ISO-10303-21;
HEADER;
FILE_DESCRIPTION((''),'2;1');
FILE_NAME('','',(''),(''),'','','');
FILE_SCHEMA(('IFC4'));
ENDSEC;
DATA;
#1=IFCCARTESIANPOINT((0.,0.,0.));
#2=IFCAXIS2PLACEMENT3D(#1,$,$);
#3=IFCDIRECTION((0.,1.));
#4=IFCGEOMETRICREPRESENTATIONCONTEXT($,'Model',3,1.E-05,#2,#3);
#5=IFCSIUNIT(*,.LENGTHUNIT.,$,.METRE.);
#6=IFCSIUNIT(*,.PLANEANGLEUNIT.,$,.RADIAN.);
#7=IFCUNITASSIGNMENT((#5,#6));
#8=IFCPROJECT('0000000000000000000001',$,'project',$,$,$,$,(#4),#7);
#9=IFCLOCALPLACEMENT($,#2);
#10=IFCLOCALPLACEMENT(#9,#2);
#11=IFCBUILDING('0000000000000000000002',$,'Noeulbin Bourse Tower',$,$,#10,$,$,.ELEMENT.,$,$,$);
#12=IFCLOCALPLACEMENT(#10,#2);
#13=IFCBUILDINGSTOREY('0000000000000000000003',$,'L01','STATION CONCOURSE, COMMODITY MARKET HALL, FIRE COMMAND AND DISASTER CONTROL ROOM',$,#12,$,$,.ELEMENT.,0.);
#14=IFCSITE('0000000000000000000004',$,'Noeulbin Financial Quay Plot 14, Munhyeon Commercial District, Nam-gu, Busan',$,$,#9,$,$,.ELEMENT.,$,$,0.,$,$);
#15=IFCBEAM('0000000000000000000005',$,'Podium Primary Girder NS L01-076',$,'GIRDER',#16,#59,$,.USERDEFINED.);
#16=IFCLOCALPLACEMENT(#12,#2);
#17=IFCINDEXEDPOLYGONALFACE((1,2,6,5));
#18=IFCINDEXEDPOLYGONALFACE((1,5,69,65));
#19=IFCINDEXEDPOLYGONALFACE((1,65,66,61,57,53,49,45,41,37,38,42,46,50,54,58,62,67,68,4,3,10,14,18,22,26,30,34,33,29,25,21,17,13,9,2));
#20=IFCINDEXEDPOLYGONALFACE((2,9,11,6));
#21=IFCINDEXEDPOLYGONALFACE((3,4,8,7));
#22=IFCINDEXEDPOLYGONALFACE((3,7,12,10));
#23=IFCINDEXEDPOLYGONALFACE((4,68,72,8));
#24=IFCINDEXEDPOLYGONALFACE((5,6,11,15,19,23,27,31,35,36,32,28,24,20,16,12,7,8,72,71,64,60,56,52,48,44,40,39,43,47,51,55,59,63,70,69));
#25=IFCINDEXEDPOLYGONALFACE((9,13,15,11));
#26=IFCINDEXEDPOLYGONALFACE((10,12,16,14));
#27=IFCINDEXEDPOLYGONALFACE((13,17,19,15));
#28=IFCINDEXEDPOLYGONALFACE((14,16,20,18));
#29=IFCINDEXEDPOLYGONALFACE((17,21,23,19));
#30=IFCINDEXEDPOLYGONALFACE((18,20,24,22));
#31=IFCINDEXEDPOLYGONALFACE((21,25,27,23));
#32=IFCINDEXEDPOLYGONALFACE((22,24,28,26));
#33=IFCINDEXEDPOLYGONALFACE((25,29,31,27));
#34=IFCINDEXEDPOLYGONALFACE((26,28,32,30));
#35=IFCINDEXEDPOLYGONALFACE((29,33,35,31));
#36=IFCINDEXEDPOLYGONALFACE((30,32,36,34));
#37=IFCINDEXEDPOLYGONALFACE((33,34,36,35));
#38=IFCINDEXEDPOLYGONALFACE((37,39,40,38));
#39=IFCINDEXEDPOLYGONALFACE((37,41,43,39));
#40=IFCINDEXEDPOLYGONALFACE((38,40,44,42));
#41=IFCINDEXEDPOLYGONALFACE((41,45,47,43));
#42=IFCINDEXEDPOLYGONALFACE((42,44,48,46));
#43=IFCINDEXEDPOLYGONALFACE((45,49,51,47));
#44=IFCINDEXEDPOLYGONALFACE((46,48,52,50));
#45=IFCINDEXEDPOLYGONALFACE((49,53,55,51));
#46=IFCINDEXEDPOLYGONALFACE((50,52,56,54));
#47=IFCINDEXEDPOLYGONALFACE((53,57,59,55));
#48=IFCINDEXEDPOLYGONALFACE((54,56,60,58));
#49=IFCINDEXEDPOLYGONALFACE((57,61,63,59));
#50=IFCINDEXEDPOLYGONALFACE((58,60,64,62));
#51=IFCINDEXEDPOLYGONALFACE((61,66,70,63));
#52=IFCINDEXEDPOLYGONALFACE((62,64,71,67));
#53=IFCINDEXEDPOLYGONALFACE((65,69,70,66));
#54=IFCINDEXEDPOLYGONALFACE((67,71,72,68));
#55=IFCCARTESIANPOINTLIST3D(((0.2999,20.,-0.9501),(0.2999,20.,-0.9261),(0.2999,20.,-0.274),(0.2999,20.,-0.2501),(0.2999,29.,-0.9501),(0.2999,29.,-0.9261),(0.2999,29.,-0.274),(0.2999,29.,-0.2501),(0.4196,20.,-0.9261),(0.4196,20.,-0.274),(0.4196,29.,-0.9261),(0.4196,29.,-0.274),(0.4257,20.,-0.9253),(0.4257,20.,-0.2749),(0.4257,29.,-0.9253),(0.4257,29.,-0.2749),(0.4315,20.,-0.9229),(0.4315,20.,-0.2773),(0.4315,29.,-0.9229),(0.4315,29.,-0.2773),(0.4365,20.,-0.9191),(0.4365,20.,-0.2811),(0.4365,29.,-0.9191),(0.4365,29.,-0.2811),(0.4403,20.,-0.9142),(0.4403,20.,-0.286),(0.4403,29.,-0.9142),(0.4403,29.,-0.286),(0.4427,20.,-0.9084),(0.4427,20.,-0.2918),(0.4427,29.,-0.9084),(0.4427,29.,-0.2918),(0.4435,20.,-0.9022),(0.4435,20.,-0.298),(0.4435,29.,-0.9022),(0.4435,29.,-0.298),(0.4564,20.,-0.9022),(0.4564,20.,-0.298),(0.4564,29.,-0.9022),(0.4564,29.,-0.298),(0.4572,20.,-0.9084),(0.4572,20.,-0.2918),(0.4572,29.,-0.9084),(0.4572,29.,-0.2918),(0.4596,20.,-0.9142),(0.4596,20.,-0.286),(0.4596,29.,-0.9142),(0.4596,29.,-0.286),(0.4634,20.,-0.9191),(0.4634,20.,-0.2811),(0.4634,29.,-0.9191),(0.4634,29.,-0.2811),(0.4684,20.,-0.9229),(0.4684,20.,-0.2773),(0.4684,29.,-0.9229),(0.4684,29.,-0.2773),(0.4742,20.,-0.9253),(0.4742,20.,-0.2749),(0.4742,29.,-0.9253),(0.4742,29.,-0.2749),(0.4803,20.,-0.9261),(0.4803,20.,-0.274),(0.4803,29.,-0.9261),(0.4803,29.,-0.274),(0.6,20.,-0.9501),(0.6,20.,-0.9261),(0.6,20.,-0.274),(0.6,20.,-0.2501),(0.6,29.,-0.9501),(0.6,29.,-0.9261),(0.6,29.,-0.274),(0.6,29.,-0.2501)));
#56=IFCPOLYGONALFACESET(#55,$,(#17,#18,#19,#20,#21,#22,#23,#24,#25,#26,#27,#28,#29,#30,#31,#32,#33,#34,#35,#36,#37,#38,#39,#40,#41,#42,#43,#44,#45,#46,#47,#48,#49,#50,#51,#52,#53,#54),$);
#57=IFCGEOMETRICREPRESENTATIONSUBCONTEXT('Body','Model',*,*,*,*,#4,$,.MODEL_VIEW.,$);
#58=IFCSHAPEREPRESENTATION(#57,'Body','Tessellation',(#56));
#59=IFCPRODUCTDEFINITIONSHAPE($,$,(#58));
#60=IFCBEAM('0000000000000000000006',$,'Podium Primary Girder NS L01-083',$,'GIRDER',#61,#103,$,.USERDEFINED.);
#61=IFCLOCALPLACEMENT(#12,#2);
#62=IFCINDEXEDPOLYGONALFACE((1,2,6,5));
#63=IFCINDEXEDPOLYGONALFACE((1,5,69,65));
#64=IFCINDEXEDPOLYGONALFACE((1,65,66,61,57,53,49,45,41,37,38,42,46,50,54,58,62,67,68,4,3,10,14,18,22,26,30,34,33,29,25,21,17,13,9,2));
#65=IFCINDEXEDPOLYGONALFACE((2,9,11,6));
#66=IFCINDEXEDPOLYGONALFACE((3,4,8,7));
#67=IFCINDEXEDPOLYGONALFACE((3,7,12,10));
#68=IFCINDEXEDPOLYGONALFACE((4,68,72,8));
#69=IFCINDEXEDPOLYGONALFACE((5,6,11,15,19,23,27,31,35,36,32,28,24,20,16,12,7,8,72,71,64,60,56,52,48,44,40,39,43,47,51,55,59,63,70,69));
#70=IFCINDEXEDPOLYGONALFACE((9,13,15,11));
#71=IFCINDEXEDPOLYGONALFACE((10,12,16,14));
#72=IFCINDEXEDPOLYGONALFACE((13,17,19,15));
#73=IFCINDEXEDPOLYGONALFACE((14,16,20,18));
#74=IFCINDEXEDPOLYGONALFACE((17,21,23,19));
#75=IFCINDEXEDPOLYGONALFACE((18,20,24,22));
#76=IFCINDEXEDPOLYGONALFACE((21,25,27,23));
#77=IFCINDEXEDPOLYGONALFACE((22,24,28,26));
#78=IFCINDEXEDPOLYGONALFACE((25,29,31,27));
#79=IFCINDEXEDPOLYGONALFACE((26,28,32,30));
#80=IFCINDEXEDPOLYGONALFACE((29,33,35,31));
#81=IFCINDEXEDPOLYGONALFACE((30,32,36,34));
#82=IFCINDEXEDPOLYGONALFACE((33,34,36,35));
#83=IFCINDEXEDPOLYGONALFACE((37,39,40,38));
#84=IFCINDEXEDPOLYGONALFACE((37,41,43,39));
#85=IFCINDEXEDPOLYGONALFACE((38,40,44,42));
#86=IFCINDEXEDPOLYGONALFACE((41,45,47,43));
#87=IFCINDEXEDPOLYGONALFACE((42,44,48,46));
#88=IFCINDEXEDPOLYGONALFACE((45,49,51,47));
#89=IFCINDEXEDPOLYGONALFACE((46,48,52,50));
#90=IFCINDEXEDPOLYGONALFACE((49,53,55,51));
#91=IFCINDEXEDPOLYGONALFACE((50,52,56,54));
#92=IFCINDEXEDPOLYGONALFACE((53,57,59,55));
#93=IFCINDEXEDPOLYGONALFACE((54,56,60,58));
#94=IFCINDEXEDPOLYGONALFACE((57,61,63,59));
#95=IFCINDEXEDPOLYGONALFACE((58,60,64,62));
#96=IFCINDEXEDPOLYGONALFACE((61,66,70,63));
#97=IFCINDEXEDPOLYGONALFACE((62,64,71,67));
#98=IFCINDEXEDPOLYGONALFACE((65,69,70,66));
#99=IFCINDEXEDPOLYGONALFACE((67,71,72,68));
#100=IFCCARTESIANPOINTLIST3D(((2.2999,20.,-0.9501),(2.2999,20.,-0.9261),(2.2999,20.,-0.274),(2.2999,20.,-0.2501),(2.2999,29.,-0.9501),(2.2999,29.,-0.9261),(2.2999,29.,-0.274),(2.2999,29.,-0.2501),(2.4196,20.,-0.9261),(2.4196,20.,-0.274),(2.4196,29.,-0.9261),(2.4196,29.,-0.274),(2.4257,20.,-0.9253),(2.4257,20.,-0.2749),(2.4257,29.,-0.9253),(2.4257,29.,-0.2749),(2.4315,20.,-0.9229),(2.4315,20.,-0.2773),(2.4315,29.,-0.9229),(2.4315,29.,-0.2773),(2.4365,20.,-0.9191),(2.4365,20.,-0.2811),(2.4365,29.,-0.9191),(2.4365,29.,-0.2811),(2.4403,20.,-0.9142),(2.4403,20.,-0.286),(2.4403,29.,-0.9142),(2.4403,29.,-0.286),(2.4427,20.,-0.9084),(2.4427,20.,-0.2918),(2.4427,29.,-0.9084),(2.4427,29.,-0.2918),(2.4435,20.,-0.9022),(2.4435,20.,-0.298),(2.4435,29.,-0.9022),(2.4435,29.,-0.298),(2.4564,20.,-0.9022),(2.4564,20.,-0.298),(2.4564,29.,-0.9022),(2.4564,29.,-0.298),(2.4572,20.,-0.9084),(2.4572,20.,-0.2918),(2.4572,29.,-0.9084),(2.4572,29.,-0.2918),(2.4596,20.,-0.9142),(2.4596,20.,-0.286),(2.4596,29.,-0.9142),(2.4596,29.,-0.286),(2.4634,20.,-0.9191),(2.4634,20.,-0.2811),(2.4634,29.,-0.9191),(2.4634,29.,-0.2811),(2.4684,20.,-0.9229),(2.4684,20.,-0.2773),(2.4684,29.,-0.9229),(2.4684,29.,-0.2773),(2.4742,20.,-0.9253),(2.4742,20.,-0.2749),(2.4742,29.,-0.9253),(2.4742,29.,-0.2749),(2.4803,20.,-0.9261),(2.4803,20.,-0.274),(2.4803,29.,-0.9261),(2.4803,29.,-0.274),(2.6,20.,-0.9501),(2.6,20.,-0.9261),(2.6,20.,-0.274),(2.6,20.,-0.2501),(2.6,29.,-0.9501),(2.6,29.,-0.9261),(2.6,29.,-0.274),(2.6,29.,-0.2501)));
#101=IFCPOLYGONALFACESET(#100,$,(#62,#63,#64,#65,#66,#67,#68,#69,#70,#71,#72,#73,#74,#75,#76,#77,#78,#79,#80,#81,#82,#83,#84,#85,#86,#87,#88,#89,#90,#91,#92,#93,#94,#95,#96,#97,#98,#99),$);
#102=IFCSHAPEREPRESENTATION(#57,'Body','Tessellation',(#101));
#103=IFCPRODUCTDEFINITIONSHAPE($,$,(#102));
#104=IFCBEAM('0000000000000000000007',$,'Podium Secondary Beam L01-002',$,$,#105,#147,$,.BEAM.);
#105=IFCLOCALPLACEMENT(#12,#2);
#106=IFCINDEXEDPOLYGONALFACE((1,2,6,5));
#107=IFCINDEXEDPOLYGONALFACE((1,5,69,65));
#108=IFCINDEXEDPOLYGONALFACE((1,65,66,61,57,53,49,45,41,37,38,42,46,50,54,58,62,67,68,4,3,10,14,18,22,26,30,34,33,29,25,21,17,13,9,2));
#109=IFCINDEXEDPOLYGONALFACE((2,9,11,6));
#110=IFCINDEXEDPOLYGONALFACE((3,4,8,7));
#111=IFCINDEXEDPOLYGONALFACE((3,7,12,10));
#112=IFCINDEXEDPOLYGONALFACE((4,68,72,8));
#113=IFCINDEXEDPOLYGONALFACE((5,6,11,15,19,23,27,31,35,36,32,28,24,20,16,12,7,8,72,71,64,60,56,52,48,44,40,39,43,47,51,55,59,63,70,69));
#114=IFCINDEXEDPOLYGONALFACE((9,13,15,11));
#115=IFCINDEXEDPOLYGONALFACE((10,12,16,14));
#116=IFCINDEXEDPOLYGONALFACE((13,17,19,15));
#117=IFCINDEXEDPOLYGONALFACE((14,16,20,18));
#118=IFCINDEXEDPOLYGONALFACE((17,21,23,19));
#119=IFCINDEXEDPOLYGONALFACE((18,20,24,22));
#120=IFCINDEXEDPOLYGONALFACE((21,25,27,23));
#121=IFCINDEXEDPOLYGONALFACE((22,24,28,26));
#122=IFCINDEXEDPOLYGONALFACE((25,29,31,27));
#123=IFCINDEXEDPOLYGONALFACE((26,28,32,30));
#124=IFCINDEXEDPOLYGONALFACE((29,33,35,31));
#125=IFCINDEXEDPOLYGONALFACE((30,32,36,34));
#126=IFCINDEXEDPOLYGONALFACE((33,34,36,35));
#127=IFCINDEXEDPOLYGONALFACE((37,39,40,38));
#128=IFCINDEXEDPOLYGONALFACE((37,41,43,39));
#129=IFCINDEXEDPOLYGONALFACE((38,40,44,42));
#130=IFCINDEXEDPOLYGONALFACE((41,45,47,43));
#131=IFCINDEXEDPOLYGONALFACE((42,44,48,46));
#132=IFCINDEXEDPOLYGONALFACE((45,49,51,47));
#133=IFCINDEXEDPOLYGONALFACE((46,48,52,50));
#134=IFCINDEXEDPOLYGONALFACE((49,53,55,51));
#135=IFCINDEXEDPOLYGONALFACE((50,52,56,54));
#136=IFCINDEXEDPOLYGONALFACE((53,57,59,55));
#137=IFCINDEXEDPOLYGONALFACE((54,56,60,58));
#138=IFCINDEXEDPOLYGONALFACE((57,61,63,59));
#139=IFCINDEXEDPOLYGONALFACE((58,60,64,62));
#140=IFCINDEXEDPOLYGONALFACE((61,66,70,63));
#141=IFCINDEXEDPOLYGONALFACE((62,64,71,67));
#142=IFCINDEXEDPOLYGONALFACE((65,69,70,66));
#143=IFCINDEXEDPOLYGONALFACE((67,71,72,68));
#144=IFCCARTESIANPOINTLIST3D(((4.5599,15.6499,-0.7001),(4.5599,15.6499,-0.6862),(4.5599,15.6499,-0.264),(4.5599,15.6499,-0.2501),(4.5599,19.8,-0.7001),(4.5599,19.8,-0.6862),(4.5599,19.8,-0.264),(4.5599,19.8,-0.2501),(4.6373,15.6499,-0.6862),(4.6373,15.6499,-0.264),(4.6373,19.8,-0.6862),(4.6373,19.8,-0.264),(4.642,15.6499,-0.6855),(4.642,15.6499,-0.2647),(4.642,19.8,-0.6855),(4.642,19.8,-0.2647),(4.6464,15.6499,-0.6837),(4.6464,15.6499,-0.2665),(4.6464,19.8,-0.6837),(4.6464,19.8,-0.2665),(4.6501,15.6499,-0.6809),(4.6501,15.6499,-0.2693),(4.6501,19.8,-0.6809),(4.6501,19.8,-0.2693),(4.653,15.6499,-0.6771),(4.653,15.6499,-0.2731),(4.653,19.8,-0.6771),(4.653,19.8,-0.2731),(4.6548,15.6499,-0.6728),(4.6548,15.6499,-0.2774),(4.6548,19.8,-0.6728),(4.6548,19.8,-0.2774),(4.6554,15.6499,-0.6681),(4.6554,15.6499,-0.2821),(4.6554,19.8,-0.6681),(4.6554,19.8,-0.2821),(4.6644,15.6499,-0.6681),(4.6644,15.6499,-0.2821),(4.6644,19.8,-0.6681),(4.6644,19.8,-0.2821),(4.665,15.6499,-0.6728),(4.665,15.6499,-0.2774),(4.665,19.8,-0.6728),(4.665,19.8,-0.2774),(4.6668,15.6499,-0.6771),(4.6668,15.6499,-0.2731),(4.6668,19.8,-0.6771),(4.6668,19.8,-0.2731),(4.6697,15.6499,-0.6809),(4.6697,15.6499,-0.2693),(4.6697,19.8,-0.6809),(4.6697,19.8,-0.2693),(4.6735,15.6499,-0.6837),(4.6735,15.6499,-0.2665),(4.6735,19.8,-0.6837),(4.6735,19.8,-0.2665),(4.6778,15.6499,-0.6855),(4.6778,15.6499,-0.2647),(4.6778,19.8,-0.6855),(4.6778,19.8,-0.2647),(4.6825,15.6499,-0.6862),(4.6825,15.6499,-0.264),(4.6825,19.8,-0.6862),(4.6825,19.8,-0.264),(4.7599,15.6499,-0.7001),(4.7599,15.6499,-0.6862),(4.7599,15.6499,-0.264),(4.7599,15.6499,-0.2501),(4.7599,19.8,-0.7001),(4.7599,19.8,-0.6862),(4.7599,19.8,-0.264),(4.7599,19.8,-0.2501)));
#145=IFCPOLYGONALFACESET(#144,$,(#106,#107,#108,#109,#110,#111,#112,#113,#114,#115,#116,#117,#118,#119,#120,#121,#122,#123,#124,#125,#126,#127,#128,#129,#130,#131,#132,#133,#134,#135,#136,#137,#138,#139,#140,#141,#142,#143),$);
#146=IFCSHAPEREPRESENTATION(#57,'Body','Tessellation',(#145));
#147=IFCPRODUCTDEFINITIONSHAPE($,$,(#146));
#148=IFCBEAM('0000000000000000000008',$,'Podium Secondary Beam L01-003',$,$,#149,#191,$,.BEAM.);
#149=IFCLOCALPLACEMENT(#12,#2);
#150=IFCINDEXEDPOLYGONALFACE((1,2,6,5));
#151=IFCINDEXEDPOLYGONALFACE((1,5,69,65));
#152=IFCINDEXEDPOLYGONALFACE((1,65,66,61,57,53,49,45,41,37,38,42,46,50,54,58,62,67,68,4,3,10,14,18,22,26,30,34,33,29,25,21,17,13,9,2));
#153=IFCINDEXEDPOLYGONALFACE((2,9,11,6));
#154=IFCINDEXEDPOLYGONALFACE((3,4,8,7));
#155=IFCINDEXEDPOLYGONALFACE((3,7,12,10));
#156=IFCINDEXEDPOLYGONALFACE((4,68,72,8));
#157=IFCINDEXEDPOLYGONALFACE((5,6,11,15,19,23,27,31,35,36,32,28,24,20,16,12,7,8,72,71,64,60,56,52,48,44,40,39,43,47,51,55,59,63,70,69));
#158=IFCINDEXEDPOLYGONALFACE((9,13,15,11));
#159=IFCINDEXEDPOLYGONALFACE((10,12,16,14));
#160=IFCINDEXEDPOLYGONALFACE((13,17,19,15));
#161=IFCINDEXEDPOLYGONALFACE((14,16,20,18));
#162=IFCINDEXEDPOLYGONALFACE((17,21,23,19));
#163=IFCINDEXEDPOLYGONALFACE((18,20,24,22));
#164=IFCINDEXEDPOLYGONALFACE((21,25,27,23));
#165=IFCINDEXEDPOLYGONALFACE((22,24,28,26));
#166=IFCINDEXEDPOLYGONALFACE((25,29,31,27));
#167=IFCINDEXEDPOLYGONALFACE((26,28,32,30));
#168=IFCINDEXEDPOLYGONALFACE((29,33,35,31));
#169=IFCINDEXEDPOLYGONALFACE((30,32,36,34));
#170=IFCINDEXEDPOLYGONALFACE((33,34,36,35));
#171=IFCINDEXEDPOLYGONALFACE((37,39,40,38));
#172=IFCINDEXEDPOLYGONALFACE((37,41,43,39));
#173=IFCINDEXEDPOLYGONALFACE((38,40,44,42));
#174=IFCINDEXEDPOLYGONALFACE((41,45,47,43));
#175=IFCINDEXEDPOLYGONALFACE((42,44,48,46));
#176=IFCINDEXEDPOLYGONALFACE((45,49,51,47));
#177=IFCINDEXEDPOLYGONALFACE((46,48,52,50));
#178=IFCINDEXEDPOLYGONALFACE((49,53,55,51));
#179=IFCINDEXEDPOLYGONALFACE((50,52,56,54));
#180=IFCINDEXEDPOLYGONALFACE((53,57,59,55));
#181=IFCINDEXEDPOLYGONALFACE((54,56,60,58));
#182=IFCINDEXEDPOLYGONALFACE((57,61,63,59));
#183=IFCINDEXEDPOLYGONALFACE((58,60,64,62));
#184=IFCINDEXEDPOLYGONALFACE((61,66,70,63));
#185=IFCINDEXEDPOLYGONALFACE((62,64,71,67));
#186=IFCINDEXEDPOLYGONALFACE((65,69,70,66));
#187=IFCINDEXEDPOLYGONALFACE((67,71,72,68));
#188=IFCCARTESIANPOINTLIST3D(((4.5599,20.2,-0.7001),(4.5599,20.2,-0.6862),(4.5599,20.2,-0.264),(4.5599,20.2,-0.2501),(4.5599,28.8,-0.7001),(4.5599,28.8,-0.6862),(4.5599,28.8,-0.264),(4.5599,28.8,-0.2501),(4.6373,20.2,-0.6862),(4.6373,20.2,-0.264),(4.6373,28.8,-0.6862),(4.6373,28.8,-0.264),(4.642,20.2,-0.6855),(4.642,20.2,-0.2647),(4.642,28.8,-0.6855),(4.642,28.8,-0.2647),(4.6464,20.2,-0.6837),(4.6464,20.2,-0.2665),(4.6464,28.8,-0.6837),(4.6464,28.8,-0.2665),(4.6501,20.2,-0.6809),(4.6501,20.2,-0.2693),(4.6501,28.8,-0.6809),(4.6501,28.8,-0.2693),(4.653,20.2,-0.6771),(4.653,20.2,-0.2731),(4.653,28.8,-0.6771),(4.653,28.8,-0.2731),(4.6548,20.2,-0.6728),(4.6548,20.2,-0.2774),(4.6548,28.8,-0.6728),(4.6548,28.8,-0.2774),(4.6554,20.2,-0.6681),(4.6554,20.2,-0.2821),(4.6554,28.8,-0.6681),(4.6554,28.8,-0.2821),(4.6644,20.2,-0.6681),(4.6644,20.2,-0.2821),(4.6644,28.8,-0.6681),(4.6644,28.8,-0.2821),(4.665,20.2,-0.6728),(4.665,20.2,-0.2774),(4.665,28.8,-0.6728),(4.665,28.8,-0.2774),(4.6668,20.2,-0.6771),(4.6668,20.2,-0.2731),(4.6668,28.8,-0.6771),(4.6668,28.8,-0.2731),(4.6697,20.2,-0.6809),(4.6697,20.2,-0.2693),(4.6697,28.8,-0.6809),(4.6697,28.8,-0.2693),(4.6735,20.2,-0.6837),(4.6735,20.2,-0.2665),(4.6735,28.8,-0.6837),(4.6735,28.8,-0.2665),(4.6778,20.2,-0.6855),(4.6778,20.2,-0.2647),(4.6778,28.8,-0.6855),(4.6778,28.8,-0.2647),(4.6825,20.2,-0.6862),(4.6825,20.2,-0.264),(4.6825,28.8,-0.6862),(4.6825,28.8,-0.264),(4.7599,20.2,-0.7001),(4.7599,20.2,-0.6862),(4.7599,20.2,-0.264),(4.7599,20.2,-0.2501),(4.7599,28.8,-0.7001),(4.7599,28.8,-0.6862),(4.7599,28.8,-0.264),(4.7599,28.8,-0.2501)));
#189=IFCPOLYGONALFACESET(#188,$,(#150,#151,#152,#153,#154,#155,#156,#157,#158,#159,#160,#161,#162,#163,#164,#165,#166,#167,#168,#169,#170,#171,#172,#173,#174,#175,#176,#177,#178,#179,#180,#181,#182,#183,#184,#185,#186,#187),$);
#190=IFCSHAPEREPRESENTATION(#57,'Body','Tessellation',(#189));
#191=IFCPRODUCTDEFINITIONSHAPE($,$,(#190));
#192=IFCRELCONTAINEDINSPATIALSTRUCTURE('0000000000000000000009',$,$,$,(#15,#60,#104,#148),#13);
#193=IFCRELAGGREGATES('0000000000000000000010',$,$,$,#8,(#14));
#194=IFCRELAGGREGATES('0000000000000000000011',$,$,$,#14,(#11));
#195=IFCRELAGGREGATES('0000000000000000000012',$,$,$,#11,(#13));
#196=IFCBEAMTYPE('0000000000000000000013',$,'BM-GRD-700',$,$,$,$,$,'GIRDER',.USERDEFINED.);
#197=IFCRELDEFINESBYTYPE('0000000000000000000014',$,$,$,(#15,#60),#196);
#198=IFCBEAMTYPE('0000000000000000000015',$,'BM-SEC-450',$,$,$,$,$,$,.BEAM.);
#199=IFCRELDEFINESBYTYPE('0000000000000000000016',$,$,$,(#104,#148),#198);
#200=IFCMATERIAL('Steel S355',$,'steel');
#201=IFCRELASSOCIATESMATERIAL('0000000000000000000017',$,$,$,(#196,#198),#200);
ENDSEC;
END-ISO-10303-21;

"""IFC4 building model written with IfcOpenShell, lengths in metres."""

from ifc_helpers import new_model, si_unit, direction, frame, origin, origin_2d, place, context, subcontext, project, spatial, i_section, extrude, material, material_profile, profile_set, type_object, element, save


model = new_model("IFC4")

# Units and contexts
model_context = context("Model", 3, precision=1e-05, world=origin(), true_north=direction((0.0, 1.0)))
body_context = subcontext(model_context, "Body", "Model", "MODEL_VIEW")
ifc_project = project(units=[si_unit("LENGTHUNIT", "METRE"), si_unit("PLANEANGLEUNIT", "RADIAN")], contexts=[model_context])

# Site, building, storey
site_placement = place(None, origin())
site = spatial("IfcSite", under=ifc_project, at=site_placement, Name="Noeulbin Financial Quay Plot 14, Munhyeon Commercial District, Nam-gu, Busan", CompositionType="ELEMENT", RefElevation=0.0)
building_placement = place(site_placement, origin())
building = spatial("IfcBuilding", under=site, at=building_placement, Name="Noeulbin Bourse Tower", CompositionType="ELEMENT")
storey_placement = place(building_placement, origin())
storey = spatial("IfcBuildingStorey", under=building, at=storey_placement, Name="L01", Description="STATION CONCOURSE, COMMODITY MARKET HALL, FIRE COMMAND AND DISASTER CONTROL ROOM", CompositionType="ELEMENT", Elevation=0.0)

# Beams
ifc_material_1 = material(Name="Steel S355", Category="steel")
ifc_material_profile_1 = material_profile(ifc_material_1, i_section(OverallWidth=0.3, OverallDepth=0.7, WebThickness=0.0129, FlangeThickness=0.0239, FilletRadius=0.0239, at=origin_2d()), Name="H-700x300x13x24", Category="LoadBearing")
ifc_profile_set_1 = profile_set([ifc_material_profile_1], Name="Steel S355")
beam_type_1 = type_object("IfcBeamType", Name="BM-GRD-700", ElementType="GIRDER", PredefinedType="USERDEFINED", material=ifc_profile_set_1)
for number, where, z_axis, x_axis, name in (
    (1, (0.45, 20.0, -0.6001), (0.0, 1.0, 0.0), (-1.0, 0.0, 0.0), "Podium Primary Girder NS L01-076"),
    (2, (2.45, 20.0, -0.6001), (0.0, 1.0, 0.0), (-1.0, 0.0, 0.0), "Podium Primary Girder NS L01-083"),
):
    element("IfcBeam", number, at=place(storey_placement, frame(where, z_axis=z_axis, x_axis=x_axis)), inside=storey, type_object=beam_type_1, Name=name, ObjectType="GIRDER", PredefinedType="USERDEFINED", context=body_context, shape_type="SweptSolid", body=[
        extrude(i_section(OverallWidth=0.3, OverallDepth=0.7, WebThickness=0.0129, FlangeThickness=0.0239, FilletRadius=0.0239, at=origin_2d()), origin(), (0.0, 0.0, 1.0), 9.0),
    ])
ifc_material_profile_2 = material_profile(ifc_material_1, i_section(OverallWidth=0.2, OverallDepth=0.45, WebThickness=0.009, FlangeThickness=0.0139, FilletRadius=0.0181, at=origin_2d()), Name="H-450x200x9x14", Category="LoadBearing")
ifc_profile_set_2 = profile_set([ifc_material_profile_2], Name="Steel S355")
beam_type_2 = type_object("IfcBeamType", Name="BM-SEC-450", PredefinedType="BEAM", material=ifc_profile_set_2)
beam_1_placement = place(storey_placement, frame((4.6599, 15.6499, -0.4751), z_axis=(0.0, 1.0, 0.0), x_axis=(-1.0, 0.0, 0.0)))
element("IfcBeam", 3, at=beam_1_placement, inside=storey, type_object=beam_type_2, Name="Podium Secondary Beam L01-002", PredefinedType="BEAM", context=body_context, shape_type="SweptSolid", body=[
    extrude(i_section(OverallWidth=0.2, OverallDepth=0.45, WebThickness=0.009, FlangeThickness=0.0139, FilletRadius=0.0181, at=origin_2d()), origin(), (0.0, 0.0, 1.0), 4.1501),
])
beam_2_placement = place(storey_placement, frame((4.6599, 20.2, -0.4751), z_axis=(0.0, 1.0, 0.0), x_axis=(-1.0, 0.0, 0.0)))
element("IfcBeam", 4, at=beam_2_placement, inside=storey, type_object=beam_type_2, Name="Podium Secondary Beam L01-003", PredefinedType="BEAM", context=body_context, shape_type="SweptSolid", body=[
    extrude(i_section(OverallWidth=0.2, OverallDepth=0.45, WebThickness=0.009, FlangeThickness=0.0139, FilletRadius=0.0181, at=origin_2d()), origin(), (0.0, 0.0, 1.0), 8.6001),
])

save(model, "model.ifc")
